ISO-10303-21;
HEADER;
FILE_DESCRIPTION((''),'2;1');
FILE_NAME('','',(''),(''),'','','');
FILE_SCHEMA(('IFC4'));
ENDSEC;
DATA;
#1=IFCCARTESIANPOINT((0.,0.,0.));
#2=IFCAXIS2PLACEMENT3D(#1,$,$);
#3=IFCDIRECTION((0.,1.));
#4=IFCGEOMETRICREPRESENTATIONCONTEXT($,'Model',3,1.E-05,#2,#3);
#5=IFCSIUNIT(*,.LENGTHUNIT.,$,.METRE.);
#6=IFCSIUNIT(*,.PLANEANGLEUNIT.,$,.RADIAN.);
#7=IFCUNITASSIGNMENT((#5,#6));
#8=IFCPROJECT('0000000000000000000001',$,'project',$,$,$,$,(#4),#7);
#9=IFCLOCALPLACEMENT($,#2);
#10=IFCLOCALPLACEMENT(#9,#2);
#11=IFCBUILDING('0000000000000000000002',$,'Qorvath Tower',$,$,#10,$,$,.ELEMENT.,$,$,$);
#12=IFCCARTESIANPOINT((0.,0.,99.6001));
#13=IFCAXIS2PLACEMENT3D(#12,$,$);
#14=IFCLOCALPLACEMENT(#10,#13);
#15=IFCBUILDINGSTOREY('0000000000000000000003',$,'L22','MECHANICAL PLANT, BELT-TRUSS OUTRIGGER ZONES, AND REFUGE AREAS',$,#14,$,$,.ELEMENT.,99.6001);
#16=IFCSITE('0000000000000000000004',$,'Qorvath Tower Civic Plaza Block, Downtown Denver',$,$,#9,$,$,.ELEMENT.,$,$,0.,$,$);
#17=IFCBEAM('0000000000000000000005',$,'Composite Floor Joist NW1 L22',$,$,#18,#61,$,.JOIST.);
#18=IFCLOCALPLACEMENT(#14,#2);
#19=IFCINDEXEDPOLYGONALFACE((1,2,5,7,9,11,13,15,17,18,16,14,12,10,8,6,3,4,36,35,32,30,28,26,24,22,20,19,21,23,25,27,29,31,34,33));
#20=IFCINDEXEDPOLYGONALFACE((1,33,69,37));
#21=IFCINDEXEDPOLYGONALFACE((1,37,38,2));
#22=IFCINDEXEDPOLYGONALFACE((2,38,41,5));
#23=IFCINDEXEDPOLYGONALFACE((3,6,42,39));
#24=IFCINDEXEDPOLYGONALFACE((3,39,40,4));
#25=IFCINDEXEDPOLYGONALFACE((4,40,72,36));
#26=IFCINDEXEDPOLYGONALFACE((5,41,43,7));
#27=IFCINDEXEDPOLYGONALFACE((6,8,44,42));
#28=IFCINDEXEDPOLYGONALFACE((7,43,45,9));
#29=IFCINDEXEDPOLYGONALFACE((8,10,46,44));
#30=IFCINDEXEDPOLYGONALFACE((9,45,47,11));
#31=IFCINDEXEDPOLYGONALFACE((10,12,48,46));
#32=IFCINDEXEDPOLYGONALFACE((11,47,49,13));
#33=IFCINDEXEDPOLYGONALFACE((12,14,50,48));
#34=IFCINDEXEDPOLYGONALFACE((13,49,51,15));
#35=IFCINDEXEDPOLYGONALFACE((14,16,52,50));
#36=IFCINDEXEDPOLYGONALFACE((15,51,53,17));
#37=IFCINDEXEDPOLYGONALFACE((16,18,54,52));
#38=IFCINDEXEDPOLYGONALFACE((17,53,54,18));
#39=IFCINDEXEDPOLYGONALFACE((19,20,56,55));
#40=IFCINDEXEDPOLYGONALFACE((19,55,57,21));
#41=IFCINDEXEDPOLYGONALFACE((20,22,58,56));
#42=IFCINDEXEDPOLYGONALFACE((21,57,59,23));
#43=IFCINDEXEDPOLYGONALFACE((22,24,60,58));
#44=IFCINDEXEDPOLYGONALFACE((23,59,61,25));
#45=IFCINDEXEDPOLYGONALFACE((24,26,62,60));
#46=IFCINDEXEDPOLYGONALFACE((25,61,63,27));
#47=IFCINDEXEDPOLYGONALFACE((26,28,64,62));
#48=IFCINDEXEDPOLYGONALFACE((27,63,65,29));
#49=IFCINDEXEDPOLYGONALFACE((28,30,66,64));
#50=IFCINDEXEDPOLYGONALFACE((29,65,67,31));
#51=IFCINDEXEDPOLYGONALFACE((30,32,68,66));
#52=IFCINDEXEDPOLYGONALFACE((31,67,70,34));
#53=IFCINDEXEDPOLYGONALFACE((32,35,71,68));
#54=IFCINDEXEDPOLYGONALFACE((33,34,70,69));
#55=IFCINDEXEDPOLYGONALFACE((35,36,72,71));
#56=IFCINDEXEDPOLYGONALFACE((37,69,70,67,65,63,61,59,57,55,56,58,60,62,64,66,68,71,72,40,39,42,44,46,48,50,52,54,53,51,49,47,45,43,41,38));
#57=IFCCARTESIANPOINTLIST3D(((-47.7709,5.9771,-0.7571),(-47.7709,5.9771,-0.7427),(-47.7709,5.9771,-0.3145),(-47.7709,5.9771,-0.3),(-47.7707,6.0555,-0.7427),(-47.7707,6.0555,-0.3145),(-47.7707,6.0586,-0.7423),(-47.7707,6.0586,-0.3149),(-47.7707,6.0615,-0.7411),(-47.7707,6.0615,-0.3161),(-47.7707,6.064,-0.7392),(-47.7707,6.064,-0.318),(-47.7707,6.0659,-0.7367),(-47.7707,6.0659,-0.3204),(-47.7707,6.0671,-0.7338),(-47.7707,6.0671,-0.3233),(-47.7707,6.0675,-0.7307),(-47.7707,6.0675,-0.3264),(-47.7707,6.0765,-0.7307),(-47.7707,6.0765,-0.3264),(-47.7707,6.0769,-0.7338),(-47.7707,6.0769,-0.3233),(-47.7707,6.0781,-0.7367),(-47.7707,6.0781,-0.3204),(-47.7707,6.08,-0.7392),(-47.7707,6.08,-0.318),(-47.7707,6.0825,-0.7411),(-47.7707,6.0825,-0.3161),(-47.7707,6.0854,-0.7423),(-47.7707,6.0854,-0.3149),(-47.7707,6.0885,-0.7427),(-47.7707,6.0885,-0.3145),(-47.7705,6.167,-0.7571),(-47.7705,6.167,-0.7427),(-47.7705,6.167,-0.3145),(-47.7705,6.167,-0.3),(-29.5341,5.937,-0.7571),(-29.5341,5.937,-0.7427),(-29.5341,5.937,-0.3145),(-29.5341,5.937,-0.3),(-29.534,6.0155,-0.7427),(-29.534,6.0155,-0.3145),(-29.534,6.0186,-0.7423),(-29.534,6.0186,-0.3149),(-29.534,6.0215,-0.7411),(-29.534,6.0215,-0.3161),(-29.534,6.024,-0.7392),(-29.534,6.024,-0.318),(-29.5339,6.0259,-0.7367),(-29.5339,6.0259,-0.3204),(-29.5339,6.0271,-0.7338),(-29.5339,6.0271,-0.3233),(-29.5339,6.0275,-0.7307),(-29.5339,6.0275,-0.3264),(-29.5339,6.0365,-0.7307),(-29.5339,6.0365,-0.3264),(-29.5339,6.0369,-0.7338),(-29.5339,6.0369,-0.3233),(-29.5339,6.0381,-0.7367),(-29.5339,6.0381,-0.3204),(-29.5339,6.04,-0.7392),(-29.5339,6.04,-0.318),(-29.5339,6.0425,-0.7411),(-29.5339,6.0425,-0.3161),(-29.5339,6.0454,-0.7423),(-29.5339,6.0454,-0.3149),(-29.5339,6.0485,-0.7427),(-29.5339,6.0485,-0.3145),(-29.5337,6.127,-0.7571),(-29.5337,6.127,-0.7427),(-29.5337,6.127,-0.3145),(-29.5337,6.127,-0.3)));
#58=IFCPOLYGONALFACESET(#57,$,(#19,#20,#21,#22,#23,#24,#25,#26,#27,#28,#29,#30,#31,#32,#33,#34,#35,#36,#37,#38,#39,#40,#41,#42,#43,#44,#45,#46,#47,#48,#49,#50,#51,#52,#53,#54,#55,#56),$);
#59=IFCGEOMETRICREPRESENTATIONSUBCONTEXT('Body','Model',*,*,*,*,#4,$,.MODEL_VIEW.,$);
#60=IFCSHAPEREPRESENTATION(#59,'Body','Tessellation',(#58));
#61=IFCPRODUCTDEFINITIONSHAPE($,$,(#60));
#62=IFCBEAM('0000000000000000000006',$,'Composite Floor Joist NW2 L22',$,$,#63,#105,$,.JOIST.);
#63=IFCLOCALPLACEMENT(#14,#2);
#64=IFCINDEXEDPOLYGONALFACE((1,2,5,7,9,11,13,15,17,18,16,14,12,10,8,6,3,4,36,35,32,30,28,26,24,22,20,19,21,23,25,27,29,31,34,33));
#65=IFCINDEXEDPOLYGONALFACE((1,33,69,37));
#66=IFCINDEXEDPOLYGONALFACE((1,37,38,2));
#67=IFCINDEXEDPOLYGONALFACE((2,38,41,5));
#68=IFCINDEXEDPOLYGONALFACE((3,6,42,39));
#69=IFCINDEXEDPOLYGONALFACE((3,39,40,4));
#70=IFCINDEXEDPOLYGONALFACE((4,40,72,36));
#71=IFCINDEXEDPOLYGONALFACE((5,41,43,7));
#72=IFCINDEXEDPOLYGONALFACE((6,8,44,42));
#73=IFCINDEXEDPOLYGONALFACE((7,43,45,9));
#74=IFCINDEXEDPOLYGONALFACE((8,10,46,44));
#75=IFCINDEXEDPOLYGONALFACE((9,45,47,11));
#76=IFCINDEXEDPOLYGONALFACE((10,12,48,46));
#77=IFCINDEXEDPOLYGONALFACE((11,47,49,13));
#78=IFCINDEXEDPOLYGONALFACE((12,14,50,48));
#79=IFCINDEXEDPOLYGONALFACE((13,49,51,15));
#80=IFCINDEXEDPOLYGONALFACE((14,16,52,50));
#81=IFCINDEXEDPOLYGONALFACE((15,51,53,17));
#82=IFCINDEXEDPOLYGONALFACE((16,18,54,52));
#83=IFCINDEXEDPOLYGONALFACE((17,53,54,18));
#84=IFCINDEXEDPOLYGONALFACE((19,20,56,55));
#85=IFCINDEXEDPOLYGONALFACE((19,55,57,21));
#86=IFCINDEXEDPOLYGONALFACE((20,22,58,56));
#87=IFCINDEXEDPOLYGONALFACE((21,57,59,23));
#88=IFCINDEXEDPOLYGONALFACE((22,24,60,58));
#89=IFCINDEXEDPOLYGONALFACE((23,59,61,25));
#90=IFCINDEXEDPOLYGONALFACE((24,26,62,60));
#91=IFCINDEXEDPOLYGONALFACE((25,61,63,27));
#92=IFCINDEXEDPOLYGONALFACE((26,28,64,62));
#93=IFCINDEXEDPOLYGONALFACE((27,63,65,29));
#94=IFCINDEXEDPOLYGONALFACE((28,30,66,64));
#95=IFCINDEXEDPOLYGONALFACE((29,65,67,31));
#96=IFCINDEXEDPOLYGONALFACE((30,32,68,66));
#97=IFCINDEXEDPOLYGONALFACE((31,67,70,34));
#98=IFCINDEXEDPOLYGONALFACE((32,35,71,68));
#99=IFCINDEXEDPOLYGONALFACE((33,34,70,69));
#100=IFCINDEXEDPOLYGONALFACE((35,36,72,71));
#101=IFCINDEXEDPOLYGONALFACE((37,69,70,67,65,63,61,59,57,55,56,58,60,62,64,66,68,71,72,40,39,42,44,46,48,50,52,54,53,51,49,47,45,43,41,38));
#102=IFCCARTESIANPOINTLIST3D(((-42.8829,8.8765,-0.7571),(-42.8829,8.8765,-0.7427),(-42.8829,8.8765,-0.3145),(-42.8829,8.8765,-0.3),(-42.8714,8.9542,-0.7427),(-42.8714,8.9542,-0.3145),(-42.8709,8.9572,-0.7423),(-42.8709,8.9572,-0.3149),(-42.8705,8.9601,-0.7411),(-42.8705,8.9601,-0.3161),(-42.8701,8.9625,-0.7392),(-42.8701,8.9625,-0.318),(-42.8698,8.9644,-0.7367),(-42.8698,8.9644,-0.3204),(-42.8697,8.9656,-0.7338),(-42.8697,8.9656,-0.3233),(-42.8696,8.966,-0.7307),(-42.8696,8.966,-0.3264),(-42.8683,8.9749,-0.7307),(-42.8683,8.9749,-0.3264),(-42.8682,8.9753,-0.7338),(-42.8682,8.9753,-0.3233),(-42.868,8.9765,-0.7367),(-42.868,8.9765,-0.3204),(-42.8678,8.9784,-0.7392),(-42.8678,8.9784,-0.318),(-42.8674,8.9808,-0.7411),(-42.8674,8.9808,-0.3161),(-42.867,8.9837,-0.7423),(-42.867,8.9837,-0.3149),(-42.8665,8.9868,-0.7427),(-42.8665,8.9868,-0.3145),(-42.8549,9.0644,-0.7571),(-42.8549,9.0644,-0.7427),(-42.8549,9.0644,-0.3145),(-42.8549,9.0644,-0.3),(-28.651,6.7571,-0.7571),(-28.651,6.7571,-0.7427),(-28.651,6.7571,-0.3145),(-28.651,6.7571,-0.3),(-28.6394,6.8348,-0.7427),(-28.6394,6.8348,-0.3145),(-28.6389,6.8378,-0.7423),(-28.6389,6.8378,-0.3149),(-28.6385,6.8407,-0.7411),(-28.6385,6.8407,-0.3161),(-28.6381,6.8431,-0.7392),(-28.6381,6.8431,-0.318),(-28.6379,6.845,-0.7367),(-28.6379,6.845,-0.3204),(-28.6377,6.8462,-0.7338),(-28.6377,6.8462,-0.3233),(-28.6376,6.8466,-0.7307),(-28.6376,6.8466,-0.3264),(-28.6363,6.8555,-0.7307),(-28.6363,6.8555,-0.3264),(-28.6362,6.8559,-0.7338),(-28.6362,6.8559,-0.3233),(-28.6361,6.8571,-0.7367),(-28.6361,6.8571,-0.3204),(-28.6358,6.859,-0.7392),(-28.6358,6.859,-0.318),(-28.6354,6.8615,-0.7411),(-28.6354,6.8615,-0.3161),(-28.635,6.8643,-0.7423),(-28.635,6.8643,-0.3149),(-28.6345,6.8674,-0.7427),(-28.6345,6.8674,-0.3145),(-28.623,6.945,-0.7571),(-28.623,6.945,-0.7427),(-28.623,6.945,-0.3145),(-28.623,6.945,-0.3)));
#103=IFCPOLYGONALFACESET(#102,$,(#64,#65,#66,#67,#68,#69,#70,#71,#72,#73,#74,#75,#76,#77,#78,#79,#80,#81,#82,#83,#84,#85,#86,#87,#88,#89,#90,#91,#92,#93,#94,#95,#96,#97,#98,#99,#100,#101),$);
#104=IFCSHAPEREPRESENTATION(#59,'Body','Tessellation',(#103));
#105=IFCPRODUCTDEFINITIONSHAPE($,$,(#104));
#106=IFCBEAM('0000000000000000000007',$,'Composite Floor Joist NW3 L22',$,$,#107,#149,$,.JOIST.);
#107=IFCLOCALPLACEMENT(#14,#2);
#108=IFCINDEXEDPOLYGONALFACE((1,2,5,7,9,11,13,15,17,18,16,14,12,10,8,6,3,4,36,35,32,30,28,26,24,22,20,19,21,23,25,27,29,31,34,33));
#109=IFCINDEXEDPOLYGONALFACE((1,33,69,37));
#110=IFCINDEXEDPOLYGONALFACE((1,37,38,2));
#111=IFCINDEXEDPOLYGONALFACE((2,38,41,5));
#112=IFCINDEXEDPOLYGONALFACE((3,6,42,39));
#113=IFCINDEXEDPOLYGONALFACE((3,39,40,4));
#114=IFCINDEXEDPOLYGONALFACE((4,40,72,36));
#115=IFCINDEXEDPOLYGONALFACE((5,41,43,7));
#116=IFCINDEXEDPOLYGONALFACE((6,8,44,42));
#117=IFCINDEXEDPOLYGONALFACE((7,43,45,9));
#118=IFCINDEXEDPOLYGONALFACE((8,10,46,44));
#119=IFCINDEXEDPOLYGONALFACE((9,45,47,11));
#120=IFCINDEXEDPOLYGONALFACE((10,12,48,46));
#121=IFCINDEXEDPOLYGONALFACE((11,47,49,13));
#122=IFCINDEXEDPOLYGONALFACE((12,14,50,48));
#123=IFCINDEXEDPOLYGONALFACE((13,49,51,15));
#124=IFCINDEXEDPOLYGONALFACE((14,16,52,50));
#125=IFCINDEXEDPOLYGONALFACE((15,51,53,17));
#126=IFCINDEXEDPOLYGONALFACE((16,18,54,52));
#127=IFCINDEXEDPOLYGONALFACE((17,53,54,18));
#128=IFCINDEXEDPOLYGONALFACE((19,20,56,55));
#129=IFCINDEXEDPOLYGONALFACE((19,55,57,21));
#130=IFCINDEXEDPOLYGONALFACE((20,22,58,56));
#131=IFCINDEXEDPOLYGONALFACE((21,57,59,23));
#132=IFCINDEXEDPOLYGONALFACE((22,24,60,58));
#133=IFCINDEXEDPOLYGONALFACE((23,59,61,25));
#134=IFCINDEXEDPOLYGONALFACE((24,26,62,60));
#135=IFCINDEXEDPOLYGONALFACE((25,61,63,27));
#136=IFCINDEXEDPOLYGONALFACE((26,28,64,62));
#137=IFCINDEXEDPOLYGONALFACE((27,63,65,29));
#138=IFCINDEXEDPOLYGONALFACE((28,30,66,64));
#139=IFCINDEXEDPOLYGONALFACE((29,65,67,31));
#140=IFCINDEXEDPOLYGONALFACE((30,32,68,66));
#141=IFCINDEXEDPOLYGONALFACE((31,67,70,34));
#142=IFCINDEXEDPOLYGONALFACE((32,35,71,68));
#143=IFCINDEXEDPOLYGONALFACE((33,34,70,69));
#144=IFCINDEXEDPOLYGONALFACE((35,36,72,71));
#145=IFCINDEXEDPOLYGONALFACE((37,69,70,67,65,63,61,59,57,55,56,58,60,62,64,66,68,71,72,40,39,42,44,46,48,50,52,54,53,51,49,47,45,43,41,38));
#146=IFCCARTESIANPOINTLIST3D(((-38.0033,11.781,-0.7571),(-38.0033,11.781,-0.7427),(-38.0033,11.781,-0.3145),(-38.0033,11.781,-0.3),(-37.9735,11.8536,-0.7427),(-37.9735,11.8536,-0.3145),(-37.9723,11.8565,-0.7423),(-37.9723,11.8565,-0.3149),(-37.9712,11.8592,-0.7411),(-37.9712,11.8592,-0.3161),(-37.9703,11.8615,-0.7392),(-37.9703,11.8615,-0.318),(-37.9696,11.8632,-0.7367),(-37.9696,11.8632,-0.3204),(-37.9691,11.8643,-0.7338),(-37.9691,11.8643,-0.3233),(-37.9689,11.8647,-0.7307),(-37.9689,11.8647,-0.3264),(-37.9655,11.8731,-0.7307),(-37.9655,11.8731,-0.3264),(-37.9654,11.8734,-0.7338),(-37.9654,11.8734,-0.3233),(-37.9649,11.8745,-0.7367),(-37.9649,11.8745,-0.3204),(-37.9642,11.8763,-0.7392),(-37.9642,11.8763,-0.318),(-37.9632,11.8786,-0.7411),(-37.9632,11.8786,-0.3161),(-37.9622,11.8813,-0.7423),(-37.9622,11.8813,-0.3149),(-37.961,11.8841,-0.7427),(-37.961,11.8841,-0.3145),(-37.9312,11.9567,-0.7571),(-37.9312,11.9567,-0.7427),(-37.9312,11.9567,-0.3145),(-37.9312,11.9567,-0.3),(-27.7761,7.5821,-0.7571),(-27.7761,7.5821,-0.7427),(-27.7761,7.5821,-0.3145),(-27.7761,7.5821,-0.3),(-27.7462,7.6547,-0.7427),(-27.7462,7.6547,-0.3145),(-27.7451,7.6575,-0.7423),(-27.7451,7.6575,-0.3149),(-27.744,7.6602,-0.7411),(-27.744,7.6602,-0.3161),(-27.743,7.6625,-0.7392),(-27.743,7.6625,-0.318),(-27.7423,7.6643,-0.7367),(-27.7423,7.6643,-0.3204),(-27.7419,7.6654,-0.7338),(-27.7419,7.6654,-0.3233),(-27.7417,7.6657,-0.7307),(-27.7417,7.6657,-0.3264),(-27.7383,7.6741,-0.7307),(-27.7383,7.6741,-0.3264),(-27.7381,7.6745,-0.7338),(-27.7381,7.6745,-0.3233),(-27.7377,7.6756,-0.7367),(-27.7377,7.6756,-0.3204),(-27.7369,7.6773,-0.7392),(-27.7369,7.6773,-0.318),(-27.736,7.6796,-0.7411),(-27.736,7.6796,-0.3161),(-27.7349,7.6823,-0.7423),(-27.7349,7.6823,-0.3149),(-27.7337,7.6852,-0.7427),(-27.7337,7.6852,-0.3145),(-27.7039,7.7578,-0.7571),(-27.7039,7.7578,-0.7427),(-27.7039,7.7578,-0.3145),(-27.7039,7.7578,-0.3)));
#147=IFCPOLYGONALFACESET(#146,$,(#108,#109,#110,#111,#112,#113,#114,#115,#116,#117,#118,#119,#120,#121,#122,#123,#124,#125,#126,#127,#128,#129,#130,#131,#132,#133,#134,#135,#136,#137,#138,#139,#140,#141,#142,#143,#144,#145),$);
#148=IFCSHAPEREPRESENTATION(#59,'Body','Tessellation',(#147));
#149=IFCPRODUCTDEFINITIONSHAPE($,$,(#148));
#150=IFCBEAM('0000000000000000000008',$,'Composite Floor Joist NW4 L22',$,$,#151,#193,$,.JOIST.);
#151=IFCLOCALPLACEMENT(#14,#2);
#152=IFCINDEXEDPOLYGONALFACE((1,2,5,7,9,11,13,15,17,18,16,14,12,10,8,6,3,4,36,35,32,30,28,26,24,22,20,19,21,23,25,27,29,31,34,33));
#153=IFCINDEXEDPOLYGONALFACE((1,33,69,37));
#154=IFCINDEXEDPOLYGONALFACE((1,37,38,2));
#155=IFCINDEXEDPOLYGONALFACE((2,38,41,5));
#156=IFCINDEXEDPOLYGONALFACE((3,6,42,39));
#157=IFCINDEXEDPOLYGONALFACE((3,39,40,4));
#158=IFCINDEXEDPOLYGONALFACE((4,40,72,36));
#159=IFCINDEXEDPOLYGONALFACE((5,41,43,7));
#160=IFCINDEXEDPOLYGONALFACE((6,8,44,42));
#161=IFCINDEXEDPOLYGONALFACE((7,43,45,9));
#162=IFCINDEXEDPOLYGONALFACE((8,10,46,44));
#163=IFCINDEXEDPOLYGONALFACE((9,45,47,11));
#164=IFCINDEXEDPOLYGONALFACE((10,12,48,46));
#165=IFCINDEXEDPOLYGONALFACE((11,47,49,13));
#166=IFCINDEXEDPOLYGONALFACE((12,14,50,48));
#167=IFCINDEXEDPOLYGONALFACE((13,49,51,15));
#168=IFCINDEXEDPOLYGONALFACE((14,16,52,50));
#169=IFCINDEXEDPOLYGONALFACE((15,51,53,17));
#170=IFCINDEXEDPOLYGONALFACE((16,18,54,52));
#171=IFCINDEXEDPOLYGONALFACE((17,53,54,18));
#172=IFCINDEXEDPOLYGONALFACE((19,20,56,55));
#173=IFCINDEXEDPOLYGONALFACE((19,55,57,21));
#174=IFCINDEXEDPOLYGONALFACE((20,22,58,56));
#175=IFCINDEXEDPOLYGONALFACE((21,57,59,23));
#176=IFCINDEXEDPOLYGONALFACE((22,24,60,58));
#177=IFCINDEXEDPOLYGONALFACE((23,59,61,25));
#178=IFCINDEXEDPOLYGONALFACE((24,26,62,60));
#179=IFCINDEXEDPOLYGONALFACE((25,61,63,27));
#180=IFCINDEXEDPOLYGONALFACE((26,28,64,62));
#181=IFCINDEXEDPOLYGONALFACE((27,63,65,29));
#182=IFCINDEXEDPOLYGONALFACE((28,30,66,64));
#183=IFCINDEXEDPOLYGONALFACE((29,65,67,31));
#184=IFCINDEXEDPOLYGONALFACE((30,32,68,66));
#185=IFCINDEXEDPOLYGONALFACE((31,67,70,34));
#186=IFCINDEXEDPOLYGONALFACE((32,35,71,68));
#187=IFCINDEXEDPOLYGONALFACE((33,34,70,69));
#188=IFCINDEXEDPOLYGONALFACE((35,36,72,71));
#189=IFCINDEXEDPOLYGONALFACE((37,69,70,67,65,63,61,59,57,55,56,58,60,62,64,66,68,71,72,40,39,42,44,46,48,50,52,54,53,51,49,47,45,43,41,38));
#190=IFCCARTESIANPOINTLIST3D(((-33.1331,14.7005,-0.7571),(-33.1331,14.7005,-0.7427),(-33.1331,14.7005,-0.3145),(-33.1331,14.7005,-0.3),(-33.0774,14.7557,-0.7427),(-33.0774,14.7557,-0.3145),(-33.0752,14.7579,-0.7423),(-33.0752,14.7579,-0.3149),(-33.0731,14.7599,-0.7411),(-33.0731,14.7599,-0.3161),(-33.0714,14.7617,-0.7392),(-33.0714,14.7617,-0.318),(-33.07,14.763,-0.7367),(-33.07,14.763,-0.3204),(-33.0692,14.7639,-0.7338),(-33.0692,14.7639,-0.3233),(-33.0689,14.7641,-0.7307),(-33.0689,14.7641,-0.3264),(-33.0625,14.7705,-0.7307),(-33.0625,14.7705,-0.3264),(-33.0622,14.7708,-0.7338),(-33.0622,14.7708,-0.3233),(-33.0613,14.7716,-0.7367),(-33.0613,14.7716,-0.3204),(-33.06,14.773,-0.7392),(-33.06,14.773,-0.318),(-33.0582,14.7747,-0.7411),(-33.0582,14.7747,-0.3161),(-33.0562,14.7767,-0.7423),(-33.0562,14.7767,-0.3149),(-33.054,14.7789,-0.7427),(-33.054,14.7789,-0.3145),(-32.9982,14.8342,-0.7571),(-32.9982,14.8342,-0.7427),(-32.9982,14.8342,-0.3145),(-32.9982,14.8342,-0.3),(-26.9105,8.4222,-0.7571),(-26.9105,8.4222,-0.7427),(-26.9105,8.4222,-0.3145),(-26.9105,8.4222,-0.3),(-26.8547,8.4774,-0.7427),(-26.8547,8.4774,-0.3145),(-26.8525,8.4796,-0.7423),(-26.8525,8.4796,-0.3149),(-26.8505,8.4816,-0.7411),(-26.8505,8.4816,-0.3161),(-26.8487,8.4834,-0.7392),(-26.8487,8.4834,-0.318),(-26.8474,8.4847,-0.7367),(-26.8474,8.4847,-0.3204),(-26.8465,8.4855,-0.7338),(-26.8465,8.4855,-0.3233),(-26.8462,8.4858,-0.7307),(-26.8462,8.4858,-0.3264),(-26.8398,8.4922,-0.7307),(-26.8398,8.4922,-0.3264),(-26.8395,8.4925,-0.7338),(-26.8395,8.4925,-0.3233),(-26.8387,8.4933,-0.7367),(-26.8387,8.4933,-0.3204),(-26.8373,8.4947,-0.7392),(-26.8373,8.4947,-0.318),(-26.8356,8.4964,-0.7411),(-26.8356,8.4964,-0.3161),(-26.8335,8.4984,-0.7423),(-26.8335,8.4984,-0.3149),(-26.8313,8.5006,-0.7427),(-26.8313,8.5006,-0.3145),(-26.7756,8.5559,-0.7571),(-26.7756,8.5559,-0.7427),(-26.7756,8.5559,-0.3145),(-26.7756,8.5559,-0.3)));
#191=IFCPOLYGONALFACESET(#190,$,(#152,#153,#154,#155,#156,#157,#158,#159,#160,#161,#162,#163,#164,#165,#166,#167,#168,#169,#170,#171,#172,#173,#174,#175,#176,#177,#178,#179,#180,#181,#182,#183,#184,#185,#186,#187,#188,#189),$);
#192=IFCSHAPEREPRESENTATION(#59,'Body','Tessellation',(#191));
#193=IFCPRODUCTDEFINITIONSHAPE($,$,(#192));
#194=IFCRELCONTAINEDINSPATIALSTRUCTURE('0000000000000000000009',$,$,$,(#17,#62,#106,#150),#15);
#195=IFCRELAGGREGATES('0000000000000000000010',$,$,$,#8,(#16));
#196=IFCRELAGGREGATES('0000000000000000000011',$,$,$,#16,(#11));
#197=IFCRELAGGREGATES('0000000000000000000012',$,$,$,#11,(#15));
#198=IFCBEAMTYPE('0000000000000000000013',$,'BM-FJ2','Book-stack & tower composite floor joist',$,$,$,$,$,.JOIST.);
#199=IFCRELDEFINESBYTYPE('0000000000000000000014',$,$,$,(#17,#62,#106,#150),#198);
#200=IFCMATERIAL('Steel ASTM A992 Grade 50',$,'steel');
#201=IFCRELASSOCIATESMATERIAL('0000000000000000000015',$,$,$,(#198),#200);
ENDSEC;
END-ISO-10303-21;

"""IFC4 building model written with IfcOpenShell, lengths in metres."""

from ifc_helpers import new_model, si_unit, direction, frame, origin, origin_2d, place, context, subcontext, project, spatial, i_section, extrude, material, material_profile, profile_set, type_object, element, save


model = new_model("IFC4")

# Units and contexts
model_context = context("Model", 3, precision=1e-05, world=origin(), true_north=direction((0.0, 1.0)))
body_context = subcontext(model_context, "Body", "Model", "MODEL_VIEW")
ifc_project = project(units=[si_unit("LENGTHUNIT", "METRE"), si_unit("PLANEANGLEUNIT", "RADIAN")], contexts=[model_context])

# Site, building, storey
site_placement = place(None, origin())
site = spatial("IfcSite", under=ifc_project, at=site_placement, Name="Qorvath Tower Civic Plaza Block, Downtown Denver", CompositionType="ELEMENT", RefElevation=0.0)
building_placement = place(site_placement, origin())
building = spatial("IfcBuilding", under=site, at=building_placement, Name="Qorvath Tower", CompositionType="ELEMENT")
storey_placement = place(building_placement, frame((0.0, 0.0, 99.6001)))
storey = spatial("IfcBuildingStorey", under=building, at=storey_placement, Name="L22", Description="MECHANICAL PLANT, BELT-TRUSS OUTRIGGER ZONES, AND REFUGE AREAS", CompositionType="ELEMENT", Elevation=99.6001)

# Beams
ifc_material_1 = material(Name="Steel ASTM A992 Grade 50", Category="steel")
ifc_material_profile_1 = material_profile(ifc_material_1, i_section(OverallWidth=0.1899, OverallDepth=0.457, WebThickness=0.009, FlangeThickness=0.0144, FilletRadius=0.012, at=origin_2d()), Name="W18x50")
ifc_profile_set_1 = profile_set([ifc_material_profile_1], Name="Steel ASTM A992 Grade 50")
beam_type_1 = type_object("IfcBeamType", Name="BM-FJ2", Description="Book-stack & tower composite floor joist", PredefinedType="JOIST", material=ifc_profile_set_1)
beam_1_placement = place(storey_placement, frame((-29.5339, 6.032, -0.5286), z_axis=(-0.999998, 0.002196, 0.0), x_axis=(-0.002196, -0.999998, 0.0)))
element("IfcBeam", 1, at=beam_1_placement, inside=storey, type_object=beam_type_1, Name="Composite Floor Joist NW1 L22", PredefinedType="JOIST", context=body_context, shape_type="SweptSolid", body=[
    extrude(i_section(OverallWidth=0.1899, OverallDepth=0.457, WebThickness=0.009, FlangeThickness=0.0144, FilletRadius=0.012, at=origin_2d()), origin(), (0.0, 0.0, 1.0), 18.2368),
])
beam_2_placement = place(storey_placement, frame((-28.637, 6.8511, -0.5286), z_axis=(-0.989093, 0.147293, 0.0), x_axis=(-0.147293, -0.989093, 0.0)))
element("IfcBeam", 2, at=beam_2_placement, inside=storey, type_object=beam_type_1, Name="Composite Floor Joist NW2 L22", PredefinedType="JOIST", context=body_context, shape_type="SweptSolid", body=[
    extrude(i_section(OverallWidth=0.1899, OverallDepth=0.457, WebThickness=0.009, FlangeThickness=0.0144, FilletRadius=0.012, at=origin_2d()), origin(), (0.0, 0.0, 1.0), 14.3889),
])
beam_3_placement = place(storey_placement, frame((-27.74, 7.6699, -0.5286), z_axis=(-0.925068, 0.379801, 0.0), x_axis=(-0.379801, -0.925068, 0.0)))
element("IfcBeam", 3, at=beam_3_placement, inside=storey, type_object=beam_type_1, Name="Composite Floor Joist NW3 L22", PredefinedType="JOIST", context=body_context, shape_type="SweptSolid", body=[
    extrude(i_section(OverallWidth=0.1899, OverallDepth=0.457, WebThickness=0.009, FlangeThickness=0.0144, FilletRadius=0.012, at=origin_2d()), origin(), (0.0, 0.0, 1.0), 11.0557),
])
beam_4_placement = place(storey_placement, frame((-26.843, 8.489, -0.5286), z_axis=(-0.703951, 0.710248, 0.0), x_axis=(-0.710248, -0.703951, 0.0)))
element("IfcBeam", 4, at=beam_4_placement, inside=storey, type_object=beam_type_1, Name="Composite Floor Joist NW4 L22", PredefinedType="JOIST", context=body_context, shape_type="SweptSolid", body=[
    extrude(i_section(OverallWidth=0.1899, OverallDepth=0.457, WebThickness=0.009, FlangeThickness=0.0144, FilletRadius=0.012, at=origin_2d()), origin(), (0.0, 0.0, 1.0), 8.8396),
])

save(model, "model.ifc")
